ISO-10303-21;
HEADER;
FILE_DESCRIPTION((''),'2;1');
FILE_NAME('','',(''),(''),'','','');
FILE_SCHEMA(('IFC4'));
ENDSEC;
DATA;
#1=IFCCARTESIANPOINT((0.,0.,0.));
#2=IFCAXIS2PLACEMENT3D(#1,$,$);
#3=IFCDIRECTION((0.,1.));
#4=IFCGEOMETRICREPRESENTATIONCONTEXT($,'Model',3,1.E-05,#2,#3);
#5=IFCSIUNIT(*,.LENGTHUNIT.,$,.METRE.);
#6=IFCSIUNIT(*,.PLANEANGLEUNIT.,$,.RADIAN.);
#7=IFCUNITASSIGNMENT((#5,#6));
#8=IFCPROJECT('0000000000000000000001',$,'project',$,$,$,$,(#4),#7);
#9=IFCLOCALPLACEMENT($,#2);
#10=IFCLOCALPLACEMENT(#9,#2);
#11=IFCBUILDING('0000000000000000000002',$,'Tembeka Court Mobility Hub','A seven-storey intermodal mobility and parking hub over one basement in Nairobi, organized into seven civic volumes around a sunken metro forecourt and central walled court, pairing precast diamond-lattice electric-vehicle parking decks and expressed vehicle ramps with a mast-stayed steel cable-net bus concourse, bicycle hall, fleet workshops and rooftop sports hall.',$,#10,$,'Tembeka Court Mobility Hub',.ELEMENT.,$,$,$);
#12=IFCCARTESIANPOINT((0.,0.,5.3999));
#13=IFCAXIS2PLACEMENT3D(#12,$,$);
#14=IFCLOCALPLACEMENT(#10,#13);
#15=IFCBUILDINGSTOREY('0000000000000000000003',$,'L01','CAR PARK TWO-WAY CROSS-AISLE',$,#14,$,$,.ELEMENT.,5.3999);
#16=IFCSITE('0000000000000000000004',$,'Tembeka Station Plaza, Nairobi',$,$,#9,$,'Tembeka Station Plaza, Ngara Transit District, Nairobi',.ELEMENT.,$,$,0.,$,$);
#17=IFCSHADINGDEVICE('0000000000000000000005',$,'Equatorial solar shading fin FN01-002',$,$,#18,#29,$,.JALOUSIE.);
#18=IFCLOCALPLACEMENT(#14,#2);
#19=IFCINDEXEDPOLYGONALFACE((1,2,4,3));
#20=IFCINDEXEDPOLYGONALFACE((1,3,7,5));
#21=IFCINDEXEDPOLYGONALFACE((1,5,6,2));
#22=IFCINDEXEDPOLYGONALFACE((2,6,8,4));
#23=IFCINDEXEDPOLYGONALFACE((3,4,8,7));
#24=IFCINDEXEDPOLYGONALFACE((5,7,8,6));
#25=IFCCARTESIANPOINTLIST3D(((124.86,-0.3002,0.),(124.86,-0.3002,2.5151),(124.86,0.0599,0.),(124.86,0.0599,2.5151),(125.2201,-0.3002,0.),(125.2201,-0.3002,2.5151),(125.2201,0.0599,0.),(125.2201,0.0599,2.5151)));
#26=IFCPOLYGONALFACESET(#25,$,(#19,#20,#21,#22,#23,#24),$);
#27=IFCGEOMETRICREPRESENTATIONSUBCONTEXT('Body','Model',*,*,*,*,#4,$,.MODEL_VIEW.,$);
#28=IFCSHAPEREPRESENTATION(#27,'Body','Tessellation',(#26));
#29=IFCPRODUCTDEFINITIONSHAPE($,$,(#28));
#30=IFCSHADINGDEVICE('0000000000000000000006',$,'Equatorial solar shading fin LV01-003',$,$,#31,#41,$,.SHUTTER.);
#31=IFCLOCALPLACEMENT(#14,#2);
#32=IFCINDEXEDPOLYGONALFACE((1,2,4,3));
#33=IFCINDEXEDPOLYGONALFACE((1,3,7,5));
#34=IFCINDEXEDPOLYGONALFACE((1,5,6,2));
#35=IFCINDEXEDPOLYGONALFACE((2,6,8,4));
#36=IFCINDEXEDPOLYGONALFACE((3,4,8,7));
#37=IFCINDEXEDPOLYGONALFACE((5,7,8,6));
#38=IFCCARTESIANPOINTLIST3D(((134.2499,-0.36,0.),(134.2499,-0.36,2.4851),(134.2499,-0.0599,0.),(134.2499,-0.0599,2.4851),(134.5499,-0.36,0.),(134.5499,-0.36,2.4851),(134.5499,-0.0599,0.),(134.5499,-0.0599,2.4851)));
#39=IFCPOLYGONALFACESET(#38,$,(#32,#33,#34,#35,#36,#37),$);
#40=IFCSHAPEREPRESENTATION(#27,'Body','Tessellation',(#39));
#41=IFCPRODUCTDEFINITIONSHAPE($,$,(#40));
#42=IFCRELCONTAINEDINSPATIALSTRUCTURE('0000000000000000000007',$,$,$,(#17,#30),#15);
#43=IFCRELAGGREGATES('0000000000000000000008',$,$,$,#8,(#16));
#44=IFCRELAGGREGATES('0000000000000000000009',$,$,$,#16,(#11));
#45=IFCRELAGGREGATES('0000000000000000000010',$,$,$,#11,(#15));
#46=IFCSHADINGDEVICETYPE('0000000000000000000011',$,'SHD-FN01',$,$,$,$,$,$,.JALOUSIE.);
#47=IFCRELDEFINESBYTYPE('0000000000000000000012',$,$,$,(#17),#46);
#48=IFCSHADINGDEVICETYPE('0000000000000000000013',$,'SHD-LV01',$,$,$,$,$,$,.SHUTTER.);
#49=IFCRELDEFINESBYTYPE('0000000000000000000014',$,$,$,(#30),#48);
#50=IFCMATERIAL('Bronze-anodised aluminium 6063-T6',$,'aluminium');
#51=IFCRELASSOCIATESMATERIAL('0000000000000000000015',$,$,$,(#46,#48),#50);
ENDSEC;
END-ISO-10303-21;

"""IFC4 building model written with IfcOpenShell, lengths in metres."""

from ifc_helpers import new_model, si_unit, direction, frame, origin, origin_2d, place, context, subcontext, project, spatial, rectangle, extrude, material, material_profile, profile_set, type_object, element, save


model = new_model("IFC4")

# Units and contexts
model_context = context("Model", 3, precision=1e-05, world=origin(), true_north=direction((0.0, 1.0)))
body_context = subcontext(model_context, "Body", "Model", "MODEL_VIEW")
ifc_project = project(units=[si_unit("LENGTHUNIT", "METRE"), si_unit("PLANEANGLEUNIT", "RADIAN")], contexts=[model_context])

# Site, building, storey
site_placement = place(None, origin())
site = spatial("IfcSite", under=ifc_project, at=site_placement, Name="Tembeka Station Plaza, Nairobi", LongName="Tembeka Station Plaza, Ngara Transit District, Nairobi", CompositionType="ELEMENT", RefElevation=0.0)
building_placement = place(site_placement, origin())
building = spatial("IfcBuilding", under=site, at=building_placement, Name="Tembeka Court Mobility Hub", Description="A seven-storey intermodal mobility and parking hub over one basement in Nairobi, organized into seven civic volumes around a sunken metro forecourt and central walled court, pairing precast diamond-lattice electric-vehicle parking decks and expressed vehicle ramps with a mast-stayed steel cable-net bus concourse, bicycle hall, fleet workshops and rooftop sports hall.", LongName="Tembeka Court Mobility Hub", CompositionType="ELEMENT")
storey_placement = place(building_placement, frame((0.0, 0.0, 5.3999)))
storey = spatial("IfcBuildingStorey", under=building, at=storey_placement, Name="L01", Description="CAR PARK TWO-WAY CROSS-AISLE", CompositionType="ELEMENT", Elevation=5.3999)

# Shading devices
ifc_material_1 = material(Name="Bronze-anodised aluminium 6063-T6", Category="aluminium")
ifc_material_profile_1 = material_profile(ifc_material_1, rectangle(XDim=0.3601, YDim=0.3601, at=origin_2d()), Name="ALU-FIN 360x360")
ifc_profile_set_1 = profile_set([ifc_material_profile_1], Name="Bronze-anodised aluminium 6063-T6")
shading_device_type_1 = type_object("IfcShadingDeviceType", Name="SHD-FN01", PredefinedType="JALOUSIE", material=ifc_profile_set_1)
shading_device_1_placement = place(storey_placement, frame((125.04, -0.1201, 0.0), z_axis=(0.0, 0.0, 1.0), x_axis=(1.0, 0.0, 0.0)))
element("IfcShadingDevice", 1, at=shading_device_1_placement, inside=storey, type_object=shading_device_type_1, Name="Equatorial solar shading fin FN01-002", PredefinedType="JALOUSIE", context=body_context, shape_type="SweptSolid", body=[
    extrude(rectangle(XDim=0.3601, YDim=0.3601, at=origin_2d()), origin(), (0.0, 0.0, 1.0), 2.5151),
])
ifc_material_profile_2 = material_profile(ifc_material_1, rectangle(XDim=0.3, YDim=0.3, at=origin_2d()), Name="ALU-LVR 300x300")
ifc_profile_set_2 = profile_set([ifc_material_profile_2], Name="Bronze-anodised aluminium 6063-T6")
shading_device_type_2 = type_object("IfcShadingDeviceType", Name="SHD-LV01", PredefinedType="SHUTTER", material=ifc_profile_set_2)
shading_device_2_placement = place(storey_placement, frame((134.3999, -0.21, 0.0), z_axis=(0.0, 0.0, 1.0), x_axis=(1.0, 0.0, 0.0)))
element("IfcShadingDevice", 2, at=shading_device_2_placement, inside=storey, type_object=shading_device_type_2, Name="Equatorial solar shading fin LV01-003", PredefinedType="SHUTTER", context=body_context, shape_type="SweptSolid", body=[
    extrude(rectangle(XDim=0.3, YDim=0.3, at=origin_2d()), origin(), (0.0, 0.0, 1.0), 2.4851),
])

save(model, "model.ifc")
